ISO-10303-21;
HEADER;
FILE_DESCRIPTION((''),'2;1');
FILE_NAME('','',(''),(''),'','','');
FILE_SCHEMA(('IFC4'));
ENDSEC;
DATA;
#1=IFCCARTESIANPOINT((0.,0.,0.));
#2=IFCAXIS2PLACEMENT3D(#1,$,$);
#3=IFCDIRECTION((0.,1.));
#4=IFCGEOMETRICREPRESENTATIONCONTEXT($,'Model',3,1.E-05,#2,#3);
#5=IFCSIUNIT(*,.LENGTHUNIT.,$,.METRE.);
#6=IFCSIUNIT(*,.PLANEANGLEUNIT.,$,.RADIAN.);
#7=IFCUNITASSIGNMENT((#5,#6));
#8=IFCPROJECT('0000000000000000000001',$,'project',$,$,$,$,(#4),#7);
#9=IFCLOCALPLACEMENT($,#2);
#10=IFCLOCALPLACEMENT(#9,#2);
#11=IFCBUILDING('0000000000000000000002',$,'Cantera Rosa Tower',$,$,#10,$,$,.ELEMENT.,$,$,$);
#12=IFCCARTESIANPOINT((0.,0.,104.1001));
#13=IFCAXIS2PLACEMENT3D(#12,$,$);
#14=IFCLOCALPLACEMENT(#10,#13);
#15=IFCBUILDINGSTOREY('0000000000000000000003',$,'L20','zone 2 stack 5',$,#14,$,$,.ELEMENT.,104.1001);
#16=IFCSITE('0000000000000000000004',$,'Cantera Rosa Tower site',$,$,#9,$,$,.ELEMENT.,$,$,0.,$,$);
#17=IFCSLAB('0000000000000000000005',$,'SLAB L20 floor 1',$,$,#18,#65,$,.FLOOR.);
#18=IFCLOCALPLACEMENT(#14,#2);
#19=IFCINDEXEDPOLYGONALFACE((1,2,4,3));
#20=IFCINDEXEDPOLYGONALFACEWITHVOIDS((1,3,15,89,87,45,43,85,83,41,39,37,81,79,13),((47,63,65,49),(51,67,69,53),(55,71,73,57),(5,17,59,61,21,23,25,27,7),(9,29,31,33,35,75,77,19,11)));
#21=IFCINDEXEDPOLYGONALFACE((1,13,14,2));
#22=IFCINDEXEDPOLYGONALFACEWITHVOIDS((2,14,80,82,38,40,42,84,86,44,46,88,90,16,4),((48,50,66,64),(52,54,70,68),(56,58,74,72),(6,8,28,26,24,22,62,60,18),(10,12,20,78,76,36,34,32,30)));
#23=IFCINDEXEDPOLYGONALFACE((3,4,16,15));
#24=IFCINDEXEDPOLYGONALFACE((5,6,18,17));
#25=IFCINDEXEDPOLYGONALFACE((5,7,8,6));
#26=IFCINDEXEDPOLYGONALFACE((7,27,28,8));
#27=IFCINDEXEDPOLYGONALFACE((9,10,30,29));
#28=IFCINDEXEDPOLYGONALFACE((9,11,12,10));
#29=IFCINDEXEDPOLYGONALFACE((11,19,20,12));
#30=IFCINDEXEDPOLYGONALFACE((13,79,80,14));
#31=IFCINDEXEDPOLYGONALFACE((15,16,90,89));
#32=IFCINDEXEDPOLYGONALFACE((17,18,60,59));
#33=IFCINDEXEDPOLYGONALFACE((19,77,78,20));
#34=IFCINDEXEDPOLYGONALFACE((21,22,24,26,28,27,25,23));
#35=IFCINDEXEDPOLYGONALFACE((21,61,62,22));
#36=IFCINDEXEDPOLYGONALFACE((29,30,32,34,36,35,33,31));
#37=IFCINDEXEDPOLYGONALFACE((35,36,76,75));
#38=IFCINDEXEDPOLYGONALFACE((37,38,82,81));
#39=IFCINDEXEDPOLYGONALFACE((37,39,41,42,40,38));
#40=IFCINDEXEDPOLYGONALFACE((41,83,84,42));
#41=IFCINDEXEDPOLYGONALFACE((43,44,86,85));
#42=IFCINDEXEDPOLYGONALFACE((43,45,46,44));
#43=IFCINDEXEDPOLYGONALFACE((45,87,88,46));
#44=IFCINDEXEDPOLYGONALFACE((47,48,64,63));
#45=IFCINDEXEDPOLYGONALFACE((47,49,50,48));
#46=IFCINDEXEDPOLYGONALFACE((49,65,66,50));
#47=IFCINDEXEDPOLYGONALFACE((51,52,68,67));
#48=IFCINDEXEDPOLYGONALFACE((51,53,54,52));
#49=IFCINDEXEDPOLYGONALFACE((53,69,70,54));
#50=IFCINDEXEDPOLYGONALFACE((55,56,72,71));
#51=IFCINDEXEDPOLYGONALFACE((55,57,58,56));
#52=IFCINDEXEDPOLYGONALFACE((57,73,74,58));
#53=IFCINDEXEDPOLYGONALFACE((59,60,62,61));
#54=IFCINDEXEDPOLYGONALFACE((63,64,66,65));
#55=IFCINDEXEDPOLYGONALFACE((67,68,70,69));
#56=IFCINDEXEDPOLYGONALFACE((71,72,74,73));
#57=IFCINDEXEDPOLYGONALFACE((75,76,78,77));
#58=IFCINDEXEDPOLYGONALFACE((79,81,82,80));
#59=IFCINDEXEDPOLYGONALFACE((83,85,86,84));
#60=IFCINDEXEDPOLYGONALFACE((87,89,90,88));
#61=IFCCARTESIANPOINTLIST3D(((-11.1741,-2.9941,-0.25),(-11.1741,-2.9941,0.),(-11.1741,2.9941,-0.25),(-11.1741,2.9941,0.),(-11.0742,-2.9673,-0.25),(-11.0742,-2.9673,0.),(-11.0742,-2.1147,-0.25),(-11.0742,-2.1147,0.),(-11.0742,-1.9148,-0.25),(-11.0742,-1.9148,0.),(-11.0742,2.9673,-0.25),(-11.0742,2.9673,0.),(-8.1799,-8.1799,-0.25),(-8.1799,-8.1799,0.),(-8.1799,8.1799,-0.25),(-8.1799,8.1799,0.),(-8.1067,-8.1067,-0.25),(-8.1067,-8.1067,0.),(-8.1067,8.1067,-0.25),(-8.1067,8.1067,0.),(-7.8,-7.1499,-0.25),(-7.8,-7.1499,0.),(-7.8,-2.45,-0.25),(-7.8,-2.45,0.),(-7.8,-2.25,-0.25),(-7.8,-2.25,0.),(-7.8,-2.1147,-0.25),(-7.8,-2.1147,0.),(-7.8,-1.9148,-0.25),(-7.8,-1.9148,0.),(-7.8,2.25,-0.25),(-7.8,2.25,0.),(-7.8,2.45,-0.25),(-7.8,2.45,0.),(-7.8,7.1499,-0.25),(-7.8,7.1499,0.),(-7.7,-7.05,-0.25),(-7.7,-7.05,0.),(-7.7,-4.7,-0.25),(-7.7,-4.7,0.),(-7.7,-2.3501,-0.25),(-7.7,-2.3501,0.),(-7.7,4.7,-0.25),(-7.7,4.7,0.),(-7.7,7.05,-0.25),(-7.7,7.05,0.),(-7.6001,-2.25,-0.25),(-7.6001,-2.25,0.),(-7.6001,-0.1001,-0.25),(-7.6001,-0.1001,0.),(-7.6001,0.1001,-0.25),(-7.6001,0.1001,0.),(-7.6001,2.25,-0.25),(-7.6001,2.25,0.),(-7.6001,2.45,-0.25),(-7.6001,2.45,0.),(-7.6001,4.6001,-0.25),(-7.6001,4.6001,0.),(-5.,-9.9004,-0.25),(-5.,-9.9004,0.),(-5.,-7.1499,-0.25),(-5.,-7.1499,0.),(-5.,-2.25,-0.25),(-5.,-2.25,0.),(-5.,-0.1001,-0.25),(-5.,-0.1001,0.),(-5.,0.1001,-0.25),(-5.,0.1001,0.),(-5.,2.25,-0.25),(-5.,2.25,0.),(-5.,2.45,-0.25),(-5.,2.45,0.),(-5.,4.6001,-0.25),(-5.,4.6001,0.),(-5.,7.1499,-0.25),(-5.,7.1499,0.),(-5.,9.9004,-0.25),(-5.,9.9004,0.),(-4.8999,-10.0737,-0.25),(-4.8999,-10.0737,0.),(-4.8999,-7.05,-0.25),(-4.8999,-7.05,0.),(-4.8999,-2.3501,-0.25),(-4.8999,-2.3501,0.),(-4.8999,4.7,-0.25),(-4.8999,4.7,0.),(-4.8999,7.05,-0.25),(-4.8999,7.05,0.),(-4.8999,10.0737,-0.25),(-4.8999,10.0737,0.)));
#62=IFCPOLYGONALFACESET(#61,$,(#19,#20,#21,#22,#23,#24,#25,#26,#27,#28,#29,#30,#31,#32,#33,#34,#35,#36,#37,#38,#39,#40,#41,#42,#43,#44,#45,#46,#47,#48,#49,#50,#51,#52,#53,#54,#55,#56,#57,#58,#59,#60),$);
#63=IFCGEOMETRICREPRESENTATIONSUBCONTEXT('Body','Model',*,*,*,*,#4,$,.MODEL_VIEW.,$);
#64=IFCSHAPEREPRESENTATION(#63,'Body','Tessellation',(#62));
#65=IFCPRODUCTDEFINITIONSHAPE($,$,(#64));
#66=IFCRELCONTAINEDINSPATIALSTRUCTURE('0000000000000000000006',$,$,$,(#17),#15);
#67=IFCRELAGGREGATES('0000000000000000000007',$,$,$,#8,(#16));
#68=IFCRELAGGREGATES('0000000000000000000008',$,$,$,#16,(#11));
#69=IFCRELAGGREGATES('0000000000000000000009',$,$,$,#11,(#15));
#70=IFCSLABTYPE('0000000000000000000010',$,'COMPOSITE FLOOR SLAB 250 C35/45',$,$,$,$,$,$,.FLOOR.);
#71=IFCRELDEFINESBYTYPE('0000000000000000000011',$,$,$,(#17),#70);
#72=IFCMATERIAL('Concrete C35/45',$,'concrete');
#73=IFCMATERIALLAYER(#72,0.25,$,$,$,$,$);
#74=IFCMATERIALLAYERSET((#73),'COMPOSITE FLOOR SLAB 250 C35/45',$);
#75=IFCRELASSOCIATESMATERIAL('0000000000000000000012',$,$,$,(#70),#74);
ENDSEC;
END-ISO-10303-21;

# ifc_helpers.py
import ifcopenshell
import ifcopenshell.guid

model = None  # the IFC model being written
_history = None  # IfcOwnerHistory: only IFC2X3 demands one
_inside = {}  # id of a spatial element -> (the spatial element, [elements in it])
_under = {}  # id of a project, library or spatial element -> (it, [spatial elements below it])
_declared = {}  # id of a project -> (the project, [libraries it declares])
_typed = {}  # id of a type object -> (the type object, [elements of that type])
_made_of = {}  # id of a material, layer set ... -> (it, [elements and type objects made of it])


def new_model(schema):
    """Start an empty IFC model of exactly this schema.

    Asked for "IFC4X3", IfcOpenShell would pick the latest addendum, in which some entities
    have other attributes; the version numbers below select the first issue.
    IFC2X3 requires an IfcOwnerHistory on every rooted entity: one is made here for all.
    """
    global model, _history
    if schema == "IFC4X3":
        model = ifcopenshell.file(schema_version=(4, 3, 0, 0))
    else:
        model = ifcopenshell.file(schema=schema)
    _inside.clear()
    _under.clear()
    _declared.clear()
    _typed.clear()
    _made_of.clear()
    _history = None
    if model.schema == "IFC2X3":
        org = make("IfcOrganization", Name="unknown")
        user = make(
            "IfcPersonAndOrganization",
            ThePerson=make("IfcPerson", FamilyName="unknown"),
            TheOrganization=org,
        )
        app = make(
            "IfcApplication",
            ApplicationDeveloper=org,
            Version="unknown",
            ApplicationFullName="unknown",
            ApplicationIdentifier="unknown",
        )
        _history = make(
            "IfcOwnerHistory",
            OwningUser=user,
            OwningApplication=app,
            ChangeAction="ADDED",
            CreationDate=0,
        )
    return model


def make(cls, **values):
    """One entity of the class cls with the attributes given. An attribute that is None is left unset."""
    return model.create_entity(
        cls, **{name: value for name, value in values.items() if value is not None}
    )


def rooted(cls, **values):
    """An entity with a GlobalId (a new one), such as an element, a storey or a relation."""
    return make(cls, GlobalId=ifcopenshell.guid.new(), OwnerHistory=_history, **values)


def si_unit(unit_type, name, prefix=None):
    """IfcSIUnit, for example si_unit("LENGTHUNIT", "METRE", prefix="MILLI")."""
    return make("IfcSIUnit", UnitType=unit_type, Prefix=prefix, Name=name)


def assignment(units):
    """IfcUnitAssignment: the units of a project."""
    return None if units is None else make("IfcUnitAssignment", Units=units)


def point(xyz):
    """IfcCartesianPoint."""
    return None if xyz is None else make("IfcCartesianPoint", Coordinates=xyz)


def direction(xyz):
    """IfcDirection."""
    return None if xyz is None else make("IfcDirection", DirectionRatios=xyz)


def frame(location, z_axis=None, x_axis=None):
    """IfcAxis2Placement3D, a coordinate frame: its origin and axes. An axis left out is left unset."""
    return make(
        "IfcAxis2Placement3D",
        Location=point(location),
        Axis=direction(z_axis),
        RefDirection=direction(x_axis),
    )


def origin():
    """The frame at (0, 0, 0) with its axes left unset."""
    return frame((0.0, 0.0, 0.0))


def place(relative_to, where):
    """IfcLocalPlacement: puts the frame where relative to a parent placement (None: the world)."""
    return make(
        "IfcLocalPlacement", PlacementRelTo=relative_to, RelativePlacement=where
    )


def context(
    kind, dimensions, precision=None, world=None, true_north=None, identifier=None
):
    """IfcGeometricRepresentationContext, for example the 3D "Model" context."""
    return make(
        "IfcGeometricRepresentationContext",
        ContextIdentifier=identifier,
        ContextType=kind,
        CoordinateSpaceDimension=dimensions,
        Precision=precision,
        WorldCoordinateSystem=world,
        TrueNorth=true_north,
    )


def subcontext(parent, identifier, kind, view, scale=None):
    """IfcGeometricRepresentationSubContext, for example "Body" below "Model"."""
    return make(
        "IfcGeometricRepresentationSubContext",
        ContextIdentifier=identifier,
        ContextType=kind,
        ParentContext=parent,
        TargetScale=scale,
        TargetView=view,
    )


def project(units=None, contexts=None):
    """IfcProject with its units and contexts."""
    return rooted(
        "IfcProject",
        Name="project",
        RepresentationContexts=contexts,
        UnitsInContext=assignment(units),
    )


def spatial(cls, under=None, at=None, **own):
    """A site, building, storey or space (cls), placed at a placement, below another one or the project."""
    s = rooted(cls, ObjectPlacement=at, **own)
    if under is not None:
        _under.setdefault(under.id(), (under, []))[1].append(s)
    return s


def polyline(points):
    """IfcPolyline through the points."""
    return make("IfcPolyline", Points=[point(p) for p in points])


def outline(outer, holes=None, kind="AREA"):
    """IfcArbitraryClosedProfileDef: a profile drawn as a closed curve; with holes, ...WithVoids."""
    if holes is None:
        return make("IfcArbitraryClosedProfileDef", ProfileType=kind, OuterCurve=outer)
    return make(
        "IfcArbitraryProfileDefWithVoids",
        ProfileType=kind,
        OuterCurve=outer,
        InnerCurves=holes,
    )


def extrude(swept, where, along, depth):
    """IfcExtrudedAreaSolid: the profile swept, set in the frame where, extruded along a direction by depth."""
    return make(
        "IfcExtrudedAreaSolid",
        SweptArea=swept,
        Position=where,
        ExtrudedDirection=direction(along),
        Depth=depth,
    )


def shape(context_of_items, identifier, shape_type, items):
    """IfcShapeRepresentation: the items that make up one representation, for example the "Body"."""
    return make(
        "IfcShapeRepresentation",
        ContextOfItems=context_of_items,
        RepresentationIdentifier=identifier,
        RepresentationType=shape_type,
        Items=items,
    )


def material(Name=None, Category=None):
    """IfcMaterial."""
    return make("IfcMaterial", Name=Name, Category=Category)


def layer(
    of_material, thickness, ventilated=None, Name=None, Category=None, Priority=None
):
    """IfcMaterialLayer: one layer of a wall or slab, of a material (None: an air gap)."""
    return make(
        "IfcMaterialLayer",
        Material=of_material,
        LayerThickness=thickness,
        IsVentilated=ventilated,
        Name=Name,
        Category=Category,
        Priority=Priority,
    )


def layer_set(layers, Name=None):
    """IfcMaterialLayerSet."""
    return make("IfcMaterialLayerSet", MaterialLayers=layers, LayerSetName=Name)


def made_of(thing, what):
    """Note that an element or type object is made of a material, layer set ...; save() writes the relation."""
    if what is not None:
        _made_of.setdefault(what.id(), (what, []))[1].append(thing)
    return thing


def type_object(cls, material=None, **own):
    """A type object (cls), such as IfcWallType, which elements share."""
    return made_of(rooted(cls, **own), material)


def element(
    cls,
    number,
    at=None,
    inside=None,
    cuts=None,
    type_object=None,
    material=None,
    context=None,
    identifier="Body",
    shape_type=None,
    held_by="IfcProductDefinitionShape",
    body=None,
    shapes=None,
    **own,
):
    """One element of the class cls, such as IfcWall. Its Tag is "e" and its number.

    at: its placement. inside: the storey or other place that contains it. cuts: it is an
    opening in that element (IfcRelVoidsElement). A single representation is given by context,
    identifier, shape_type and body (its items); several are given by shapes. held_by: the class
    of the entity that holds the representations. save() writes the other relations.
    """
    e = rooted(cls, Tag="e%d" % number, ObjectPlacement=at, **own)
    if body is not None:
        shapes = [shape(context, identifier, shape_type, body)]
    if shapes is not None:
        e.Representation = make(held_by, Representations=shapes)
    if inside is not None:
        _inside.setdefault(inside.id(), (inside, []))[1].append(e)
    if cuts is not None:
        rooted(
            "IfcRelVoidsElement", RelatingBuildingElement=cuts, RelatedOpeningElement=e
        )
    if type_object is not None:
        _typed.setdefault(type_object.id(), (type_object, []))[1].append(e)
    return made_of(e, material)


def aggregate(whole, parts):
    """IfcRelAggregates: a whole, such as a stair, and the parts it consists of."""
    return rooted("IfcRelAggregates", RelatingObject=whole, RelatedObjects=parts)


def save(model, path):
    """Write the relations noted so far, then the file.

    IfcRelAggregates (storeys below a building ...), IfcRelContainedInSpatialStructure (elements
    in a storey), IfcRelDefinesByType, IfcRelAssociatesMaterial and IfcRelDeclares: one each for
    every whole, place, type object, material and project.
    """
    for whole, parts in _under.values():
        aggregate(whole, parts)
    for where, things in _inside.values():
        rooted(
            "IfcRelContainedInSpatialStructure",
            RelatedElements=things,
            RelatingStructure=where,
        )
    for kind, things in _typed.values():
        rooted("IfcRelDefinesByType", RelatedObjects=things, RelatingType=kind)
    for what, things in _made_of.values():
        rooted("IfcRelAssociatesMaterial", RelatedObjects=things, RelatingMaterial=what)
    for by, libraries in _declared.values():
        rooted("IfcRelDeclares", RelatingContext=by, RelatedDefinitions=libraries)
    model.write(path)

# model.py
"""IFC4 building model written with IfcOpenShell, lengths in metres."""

from ifc_helpers import new_model, si_unit, direction, frame, origin, place, context, subcontext, project, spatial, polyline, outline, extrude, material, layer, layer_set, type_object, element, save


model = new_model("IFC4")

# Units and contexts
model_context = context("Model", 3, precision=1e-05, world=origin(), true_north=direction((0.0, 1.0)))
body_context = subcontext(model_context, "Body", "Model", "MODEL_VIEW")
ifc_project = project(units=[si_unit("LENGTHUNIT", "METRE"), si_unit("PLANEANGLEUNIT", "RADIAN")], contexts=[model_context])

# Site, building, storey
site_placement = place(None, origin())
site = spatial("IfcSite", under=ifc_project, at=site_placement, Name="Cantera Rosa Tower site", CompositionType="ELEMENT", RefElevation=0.0)
building_placement = place(site_placement, origin())
building = spatial("IfcBuilding", under=site, at=building_placement, Name="Cantera Rosa Tower", CompositionType="ELEMENT")
storey_placement = place(building_placement, frame((0.0, 0.0, 104.1001)))
storey = spatial("IfcBuildingStorey", under=building, at=storey_placement, Name="L20", Description="zone 2 stack 5", CompositionType="ELEMENT", Elevation=104.1001)

# Slab
ifc_material_1 = material(Name="Concrete C35/45", Category="concrete")
ifc_layer_1 = layer(ifc_material_1, 0.25)
ifc_layer_set_1 = layer_set([ifc_layer_1], Name="COMPOSITE FLOOR SLAB 250 C35/45")
slab_type_1 = type_object("IfcSlabType", Name="COMPOSITE FLOOR SLAB 250 C35/45", PredefinedType="FLOOR", material=ifc_layer_set_1)
slab_1_placement = place(storey_placement, frame((0.0, 0.0, -0.25)))
element("IfcSlab", 1, at=slab_1_placement, inside=storey, type_object=slab_type_1, Name="SLAB L20 floor 1", PredefinedType="FLOOR", context=body_context, shape_type="SweptSolid", body=[
    extrude(outline(polyline([(-7.7, -7.05), (-4.8999, -7.05), (-4.8999, -10.0737), (-8.1799, -8.1799), (-11.1741, -2.9941), (-11.1741, 2.9941), (-8.1799, 8.1799), (-4.8999, 10.0737), (-4.8999, 7.05), (-7.7, 7.05), (-7.7, 4.7), (-4.8999, 4.7), (-4.8999, -2.3501), (-7.7, -2.3501), (-7.7, -4.7), (-7.7, -7.05)]), holes=[polyline([(-5.0, -9.9004), (-5.0, -7.1499), (-7.8, -7.1499), (-7.8, -2.45), (-7.8, -2.25), (-7.8, -2.1147), (-11.0742, -2.1147), (-11.0742, -2.9673), (-8.1067, -8.1067), (-5.0, -9.9004)]), polyline([(-7.6001, -0.1001), (-7.6001, -2.25), (-5.0, -2.25), (-5.0, -0.1001), (-7.6001, -0.1001)]), polyline([(-7.6001, 0.1001), (-5.0, 0.1001), (-5.0, 2.25), (-7.6001, 2.25), (-7.6001, 0.1001)]), polyline([(-7.6001, 2.45), (-5.0, 2.45), (-5.0, 4.6001), (-7.6001, 4.6001), (-7.6001, 2.45)]), polyline([(-8.1067, 8.1067), (-11.0742, 2.9673), (-11.0742, -1.9148), (-7.8, -1.9148), (-7.8, 2.25), (-7.8, 2.45), (-7.8, 7.1499), (-5.0, 7.1499), (-5.0, 9.9004), (-8.1067, 8.1067)])]), origin(), (0.0, 0.0, 1.0), 0.25),
])

save(model, "model.ifc")
